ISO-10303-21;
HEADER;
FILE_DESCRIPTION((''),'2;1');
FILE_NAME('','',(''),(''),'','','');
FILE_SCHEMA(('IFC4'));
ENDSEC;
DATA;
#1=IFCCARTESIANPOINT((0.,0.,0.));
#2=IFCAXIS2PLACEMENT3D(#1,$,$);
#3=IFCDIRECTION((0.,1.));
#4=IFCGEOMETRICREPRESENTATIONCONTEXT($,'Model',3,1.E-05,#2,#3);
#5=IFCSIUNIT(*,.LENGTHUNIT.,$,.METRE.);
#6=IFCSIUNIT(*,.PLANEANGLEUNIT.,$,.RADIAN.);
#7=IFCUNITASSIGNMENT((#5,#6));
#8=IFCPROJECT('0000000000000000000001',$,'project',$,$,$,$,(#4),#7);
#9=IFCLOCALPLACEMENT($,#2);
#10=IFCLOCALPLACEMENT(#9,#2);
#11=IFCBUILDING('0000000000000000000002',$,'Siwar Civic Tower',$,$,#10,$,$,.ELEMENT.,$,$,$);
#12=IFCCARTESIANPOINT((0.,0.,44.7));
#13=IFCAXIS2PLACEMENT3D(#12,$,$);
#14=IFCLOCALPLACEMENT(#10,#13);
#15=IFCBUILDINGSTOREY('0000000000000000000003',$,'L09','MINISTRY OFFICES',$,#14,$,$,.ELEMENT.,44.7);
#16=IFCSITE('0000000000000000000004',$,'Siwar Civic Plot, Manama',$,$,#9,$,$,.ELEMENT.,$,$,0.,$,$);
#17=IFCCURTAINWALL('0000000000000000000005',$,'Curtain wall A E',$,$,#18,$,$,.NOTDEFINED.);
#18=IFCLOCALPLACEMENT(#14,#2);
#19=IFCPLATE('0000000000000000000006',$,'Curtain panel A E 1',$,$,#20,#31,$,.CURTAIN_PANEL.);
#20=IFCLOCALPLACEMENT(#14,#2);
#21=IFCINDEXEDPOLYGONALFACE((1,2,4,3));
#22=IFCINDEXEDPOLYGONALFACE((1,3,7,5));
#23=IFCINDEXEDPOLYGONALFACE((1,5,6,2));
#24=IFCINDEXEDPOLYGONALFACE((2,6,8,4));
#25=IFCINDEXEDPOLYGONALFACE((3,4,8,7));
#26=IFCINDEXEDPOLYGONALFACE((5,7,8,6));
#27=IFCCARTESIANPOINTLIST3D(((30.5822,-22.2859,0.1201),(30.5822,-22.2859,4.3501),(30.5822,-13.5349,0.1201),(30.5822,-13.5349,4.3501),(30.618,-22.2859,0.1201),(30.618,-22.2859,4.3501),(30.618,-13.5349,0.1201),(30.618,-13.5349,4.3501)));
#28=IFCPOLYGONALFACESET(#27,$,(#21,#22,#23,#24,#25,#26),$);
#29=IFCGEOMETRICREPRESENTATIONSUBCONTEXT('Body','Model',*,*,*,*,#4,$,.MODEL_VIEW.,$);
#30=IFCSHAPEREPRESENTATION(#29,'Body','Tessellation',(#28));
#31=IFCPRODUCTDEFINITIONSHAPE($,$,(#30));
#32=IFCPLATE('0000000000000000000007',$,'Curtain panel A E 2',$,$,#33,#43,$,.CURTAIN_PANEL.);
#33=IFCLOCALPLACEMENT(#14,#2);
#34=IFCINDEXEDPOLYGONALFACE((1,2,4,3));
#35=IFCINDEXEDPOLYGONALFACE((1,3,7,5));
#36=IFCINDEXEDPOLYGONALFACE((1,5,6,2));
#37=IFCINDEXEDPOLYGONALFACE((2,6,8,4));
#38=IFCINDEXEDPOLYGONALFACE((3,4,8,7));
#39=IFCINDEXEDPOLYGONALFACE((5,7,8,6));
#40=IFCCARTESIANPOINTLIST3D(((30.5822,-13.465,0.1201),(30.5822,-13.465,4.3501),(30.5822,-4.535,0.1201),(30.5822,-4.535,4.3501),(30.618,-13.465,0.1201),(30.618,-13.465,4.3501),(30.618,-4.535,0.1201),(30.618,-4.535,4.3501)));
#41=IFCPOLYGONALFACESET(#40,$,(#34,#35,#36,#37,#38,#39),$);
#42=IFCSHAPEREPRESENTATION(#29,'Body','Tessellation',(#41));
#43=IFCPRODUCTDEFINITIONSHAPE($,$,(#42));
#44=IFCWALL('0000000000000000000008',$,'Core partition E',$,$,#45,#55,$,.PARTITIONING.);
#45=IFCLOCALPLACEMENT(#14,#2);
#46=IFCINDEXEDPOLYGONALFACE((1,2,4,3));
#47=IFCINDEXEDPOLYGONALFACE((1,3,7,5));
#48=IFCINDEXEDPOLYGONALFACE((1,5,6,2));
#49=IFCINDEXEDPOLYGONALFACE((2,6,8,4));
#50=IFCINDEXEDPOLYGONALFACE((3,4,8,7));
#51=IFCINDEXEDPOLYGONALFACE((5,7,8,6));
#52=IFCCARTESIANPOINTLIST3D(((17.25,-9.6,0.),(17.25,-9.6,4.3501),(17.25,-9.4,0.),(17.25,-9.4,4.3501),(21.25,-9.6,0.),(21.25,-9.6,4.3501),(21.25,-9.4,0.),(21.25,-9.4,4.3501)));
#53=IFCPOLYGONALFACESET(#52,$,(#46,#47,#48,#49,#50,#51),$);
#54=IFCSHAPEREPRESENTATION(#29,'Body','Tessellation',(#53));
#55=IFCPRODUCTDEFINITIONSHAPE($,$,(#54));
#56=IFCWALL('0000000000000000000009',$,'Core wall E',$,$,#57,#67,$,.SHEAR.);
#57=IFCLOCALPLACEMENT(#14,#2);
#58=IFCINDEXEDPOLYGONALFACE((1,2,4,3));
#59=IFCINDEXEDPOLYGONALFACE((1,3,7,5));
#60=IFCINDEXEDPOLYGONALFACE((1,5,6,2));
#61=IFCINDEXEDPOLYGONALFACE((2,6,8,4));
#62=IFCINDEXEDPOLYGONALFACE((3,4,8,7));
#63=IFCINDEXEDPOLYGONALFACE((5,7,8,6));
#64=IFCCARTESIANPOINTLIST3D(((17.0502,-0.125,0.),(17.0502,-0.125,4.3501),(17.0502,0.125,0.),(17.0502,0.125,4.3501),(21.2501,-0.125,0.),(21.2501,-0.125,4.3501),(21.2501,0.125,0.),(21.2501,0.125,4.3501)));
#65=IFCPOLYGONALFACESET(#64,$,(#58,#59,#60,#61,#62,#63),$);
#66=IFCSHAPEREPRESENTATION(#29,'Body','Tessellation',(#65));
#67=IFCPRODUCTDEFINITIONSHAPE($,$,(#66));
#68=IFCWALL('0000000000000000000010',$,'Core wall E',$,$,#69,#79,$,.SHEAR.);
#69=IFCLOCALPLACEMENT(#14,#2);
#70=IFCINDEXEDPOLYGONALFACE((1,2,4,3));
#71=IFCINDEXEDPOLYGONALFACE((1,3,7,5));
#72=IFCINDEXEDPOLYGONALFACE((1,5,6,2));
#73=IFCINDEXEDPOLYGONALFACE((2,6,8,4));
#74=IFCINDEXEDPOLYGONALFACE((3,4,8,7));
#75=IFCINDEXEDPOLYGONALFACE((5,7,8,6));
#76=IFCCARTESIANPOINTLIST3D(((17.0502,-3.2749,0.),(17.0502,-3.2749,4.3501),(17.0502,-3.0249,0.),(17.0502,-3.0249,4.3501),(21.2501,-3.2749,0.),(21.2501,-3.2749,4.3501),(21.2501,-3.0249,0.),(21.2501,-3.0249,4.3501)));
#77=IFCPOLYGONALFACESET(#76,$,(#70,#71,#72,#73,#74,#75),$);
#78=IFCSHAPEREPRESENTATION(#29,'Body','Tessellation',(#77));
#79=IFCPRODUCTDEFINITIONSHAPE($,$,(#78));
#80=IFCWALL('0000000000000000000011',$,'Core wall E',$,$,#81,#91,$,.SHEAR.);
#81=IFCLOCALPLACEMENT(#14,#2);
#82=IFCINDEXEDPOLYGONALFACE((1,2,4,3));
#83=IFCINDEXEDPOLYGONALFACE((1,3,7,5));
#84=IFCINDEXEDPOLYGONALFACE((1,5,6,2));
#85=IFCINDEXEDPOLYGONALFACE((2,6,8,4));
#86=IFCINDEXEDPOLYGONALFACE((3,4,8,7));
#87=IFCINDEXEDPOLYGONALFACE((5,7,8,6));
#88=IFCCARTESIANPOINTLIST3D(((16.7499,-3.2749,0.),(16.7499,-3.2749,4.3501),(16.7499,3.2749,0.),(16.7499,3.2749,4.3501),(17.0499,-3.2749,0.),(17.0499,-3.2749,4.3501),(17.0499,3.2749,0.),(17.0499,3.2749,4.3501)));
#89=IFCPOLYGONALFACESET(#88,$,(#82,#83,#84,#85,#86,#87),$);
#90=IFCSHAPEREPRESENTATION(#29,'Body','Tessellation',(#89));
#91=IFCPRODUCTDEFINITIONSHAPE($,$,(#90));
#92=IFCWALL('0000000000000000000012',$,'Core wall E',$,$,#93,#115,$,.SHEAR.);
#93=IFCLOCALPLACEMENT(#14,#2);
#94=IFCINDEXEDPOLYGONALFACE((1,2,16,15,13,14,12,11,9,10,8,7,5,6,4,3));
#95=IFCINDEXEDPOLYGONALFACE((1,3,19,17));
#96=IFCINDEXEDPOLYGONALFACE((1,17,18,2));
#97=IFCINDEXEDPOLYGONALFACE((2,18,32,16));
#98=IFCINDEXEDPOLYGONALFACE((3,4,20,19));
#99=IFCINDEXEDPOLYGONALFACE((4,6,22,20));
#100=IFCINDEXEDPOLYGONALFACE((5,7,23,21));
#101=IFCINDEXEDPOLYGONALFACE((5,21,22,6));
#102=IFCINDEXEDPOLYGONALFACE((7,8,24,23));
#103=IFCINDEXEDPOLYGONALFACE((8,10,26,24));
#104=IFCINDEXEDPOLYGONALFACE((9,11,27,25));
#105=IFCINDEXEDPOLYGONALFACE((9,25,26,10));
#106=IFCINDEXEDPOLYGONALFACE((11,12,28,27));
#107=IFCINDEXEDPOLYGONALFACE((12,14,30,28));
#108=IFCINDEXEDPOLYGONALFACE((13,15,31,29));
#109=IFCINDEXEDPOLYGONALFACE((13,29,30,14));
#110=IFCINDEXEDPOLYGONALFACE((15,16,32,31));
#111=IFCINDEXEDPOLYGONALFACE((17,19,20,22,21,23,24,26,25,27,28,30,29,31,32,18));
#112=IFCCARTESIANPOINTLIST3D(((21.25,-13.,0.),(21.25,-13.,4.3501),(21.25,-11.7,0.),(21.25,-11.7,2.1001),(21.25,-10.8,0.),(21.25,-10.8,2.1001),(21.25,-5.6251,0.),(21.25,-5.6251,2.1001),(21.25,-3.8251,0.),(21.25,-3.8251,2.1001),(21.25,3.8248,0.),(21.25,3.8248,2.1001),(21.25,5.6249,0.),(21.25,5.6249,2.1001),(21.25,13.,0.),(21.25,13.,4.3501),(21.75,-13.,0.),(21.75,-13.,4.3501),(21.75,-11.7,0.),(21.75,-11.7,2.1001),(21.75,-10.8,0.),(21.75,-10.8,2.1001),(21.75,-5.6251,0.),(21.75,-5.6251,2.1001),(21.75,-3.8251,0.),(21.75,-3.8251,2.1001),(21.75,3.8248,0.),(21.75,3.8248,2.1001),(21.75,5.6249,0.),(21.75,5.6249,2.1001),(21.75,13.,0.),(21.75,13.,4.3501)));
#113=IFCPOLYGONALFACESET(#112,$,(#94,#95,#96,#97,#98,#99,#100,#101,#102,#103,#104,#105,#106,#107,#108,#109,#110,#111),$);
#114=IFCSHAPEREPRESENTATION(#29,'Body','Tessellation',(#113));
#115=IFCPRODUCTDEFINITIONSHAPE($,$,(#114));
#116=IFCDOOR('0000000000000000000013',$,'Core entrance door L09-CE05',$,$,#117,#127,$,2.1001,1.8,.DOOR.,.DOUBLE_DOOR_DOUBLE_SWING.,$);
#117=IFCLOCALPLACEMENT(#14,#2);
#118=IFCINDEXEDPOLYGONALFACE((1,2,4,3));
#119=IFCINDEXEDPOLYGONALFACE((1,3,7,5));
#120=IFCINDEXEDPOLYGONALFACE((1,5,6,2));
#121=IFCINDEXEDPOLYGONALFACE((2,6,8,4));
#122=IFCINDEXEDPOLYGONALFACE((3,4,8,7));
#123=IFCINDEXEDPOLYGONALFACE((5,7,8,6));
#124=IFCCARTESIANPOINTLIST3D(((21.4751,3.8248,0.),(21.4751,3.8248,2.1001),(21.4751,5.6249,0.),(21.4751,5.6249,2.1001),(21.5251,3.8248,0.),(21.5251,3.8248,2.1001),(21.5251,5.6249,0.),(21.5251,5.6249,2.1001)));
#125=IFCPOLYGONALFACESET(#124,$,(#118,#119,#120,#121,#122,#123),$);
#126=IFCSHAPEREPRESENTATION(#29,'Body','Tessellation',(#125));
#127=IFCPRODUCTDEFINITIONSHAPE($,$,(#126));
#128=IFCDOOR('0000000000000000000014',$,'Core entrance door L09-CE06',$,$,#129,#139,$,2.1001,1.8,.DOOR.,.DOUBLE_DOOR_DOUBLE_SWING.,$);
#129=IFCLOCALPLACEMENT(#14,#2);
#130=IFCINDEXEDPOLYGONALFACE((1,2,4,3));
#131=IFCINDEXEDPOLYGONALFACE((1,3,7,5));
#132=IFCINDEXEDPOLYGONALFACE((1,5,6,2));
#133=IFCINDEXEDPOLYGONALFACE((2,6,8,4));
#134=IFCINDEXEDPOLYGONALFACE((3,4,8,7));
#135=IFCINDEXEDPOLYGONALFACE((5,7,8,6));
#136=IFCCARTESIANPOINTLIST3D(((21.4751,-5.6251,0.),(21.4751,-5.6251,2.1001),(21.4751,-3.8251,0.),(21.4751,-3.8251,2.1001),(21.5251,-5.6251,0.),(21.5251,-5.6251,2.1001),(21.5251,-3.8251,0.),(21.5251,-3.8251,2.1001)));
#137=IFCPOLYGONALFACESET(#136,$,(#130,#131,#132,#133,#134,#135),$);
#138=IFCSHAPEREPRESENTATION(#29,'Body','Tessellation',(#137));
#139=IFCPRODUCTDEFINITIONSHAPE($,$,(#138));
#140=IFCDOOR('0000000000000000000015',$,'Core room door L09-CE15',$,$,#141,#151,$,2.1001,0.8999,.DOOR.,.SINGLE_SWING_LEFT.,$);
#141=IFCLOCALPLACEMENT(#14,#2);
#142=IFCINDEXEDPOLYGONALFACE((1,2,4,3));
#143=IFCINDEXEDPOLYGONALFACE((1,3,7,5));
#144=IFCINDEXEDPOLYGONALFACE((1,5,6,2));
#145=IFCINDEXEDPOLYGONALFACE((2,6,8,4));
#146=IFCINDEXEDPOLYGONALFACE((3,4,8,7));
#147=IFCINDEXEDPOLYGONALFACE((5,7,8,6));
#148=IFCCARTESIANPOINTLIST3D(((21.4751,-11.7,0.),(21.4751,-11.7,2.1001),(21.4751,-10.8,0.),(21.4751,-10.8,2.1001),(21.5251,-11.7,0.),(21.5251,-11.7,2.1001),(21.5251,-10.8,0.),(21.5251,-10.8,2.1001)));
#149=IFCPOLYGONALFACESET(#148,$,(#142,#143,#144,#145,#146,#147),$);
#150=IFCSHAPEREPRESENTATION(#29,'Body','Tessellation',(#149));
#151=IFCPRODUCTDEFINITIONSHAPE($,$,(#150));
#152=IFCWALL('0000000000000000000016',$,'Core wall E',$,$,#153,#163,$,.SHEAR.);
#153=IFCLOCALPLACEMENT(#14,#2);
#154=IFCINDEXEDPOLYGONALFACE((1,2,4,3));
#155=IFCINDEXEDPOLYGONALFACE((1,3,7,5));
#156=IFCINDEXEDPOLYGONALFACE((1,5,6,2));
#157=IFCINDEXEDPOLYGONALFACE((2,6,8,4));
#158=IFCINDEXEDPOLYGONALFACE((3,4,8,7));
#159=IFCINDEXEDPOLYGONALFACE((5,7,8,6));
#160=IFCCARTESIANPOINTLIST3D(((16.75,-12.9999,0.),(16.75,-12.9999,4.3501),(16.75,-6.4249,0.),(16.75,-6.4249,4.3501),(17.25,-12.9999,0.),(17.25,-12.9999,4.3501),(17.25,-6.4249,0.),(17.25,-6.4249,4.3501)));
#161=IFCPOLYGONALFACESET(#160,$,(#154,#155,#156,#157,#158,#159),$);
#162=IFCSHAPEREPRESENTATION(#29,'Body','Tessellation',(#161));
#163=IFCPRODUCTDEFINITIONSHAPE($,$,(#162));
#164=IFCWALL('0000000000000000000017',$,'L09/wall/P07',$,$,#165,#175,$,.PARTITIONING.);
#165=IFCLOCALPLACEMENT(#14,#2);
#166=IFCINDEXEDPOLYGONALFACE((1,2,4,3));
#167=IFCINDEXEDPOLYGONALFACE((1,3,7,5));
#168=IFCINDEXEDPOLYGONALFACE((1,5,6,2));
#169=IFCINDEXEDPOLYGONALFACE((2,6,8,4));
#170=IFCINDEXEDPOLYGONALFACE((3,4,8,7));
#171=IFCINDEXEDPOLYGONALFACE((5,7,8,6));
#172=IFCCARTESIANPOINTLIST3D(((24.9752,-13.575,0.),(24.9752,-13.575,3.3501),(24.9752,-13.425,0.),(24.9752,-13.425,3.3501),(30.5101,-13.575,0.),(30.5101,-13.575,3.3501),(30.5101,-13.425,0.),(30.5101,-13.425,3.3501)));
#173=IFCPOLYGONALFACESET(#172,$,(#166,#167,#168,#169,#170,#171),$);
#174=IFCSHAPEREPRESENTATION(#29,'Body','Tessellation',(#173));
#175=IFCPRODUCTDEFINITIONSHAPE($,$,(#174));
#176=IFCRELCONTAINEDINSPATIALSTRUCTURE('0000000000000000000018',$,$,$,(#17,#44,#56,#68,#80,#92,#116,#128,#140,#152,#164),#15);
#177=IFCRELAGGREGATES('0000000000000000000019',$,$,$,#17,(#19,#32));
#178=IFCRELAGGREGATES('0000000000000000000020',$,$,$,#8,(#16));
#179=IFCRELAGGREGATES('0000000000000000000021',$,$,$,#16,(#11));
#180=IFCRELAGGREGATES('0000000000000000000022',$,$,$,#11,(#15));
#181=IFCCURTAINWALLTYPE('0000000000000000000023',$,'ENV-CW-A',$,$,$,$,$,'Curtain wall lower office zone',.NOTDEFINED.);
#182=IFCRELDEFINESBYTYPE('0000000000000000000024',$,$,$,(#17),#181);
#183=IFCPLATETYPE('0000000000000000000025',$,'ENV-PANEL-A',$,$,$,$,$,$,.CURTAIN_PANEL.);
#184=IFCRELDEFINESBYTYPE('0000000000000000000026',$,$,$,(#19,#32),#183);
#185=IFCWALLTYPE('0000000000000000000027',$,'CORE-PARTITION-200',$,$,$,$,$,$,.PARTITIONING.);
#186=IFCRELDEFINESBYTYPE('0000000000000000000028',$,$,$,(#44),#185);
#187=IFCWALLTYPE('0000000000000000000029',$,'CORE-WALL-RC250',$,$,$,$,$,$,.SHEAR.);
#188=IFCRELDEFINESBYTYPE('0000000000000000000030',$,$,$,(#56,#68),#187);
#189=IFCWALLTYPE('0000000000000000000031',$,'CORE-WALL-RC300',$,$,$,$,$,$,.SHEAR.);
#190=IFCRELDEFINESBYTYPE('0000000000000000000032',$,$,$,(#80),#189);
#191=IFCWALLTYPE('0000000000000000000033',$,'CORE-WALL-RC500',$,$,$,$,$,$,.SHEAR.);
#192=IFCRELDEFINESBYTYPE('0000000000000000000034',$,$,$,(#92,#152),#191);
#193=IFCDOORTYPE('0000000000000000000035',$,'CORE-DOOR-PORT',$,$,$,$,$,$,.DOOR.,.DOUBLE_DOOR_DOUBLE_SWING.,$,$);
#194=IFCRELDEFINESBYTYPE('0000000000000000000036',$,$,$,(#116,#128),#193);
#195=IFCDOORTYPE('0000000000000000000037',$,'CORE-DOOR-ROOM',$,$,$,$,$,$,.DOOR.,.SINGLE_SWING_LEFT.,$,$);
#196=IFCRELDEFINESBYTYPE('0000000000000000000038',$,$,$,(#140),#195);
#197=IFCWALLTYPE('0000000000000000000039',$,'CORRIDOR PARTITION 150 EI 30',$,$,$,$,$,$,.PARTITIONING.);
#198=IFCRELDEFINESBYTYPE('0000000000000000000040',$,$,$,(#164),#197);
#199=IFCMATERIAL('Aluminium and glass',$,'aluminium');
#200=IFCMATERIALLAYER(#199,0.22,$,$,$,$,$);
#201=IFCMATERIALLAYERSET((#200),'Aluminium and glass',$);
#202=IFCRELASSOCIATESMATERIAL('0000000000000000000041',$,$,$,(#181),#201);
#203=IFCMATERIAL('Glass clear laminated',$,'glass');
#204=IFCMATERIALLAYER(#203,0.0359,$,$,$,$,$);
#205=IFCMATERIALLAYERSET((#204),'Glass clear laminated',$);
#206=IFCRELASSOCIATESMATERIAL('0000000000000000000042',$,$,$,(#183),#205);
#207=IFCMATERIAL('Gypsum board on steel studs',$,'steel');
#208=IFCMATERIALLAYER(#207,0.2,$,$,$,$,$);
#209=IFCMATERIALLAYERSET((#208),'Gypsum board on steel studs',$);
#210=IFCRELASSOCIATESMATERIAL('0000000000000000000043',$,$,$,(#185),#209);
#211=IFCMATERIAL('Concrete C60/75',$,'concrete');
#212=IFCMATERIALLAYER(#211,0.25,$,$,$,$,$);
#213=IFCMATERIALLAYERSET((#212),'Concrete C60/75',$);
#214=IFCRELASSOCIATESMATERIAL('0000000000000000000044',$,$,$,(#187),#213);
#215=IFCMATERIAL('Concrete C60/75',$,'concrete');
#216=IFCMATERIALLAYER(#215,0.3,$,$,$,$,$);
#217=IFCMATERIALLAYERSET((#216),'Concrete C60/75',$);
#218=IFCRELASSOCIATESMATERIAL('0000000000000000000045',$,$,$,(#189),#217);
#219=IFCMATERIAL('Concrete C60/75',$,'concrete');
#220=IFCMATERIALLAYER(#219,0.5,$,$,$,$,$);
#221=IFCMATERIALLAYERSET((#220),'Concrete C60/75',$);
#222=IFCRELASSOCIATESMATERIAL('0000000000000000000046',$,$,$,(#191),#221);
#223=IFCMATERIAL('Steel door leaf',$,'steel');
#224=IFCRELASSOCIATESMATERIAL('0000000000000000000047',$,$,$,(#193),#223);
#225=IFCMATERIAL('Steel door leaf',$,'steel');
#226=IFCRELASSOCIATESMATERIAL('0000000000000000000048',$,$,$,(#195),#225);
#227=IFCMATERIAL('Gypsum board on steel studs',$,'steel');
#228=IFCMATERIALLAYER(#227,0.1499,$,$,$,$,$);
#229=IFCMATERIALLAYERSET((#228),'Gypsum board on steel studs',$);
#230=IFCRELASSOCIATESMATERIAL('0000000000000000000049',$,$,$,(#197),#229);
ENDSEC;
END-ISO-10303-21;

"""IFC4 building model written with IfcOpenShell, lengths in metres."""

from ifc_helpers import new_model, si_unit, direction, frame, frame_2d, origin, origin_2d, place, context, subcontext, project, spatial, rectangle, extrude, material, layer, layer_set, type_object, element, fill, aggregate, save


model = new_model("IFC4")

# Units and contexts
model_context = context("Model", 3, precision=1e-05, world=origin(), true_north=direction((0.0, 1.0)))
body_context = subcontext(model_context, "Body", "Model", "MODEL_VIEW")
ifc_project = project(units=[si_unit("LENGTHUNIT", "METRE"), si_unit("PLANEANGLEUNIT", "RADIAN")], contexts=[model_context])

# Site, building, storey
site_placement = place(None, origin())
site = spatial("IfcSite", under=ifc_project, at=site_placement, Name="Siwar Civic Plot, Manama", CompositionType="ELEMENT", RefElevation=0.0)
building_placement = place(site_placement, origin())
building = spatial("IfcBuilding", under=site, at=building_placement, Name="Siwar Civic Tower", CompositionType="ELEMENT")
storey_placement = place(building_placement, frame((0.0, 0.0, 44.7)))
storey = spatial("IfcBuildingStorey", under=building, at=storey_placement, Name="L09", Description="MINISTRY OFFICES", CompositionType="ELEMENT", Elevation=44.7)

# Curtain wall
ifc_material_1 = material(Name="Aluminium and glass", Category="aluminium")
ifc_layer_1 = layer(ifc_material_1, 0.22)
ifc_layer_set_1 = layer_set([ifc_layer_1], Name="Aluminium and glass")
curtain_wall_type = type_object("IfcCurtainWallType", Name="ENV-CW-A", ElementType="Curtain wall lower office zone", PredefinedType="NOTDEFINED", material=ifc_layer_set_1)
curtain_wall_placement = place(storey_placement, origin())
curtain_wall = element("IfcCurtainWall", 1, at=curtain_wall_placement, inside=storey, type_object=curtain_wall_type, Name="Curtain wall A E", PredefinedType="NOTDEFINED")

# Plates
ifc_material_2 = material(Name="Glass clear laminated", Category="glass")
ifc_layer_2 = layer(ifc_material_2, 0.0359)
ifc_layer_set_2 = layer_set([ifc_layer_2], Name="Glass clear laminated")
plate_type = type_object("IfcPlateType", Name="ENV-PANEL-A", PredefinedType="CURTAIN_PANEL", material=ifc_layer_set_2)
plate_1_placement = place(storey_placement, frame((30.6001, -17.9104, 0.1201), z_axis=(0.0, 0.0, 1.0), x_axis=(0.0, 1.0, 0.0)))
plate_1 = element("IfcPlate", 2, at=plate_1_placement, type_object=plate_type, Name="Curtain panel A E 1", PredefinedType="CURTAIN_PANEL", context=body_context, shape_type="SweptSolid", body=[
    extrude(rectangle(XDim=8.751, YDim=0.0359, at=origin_2d()), origin(), (0.0, 0.0, 1.0), 4.23),
])
plate_2_placement = place(storey_placement, frame((30.6001, -9.0, 0.1201), z_axis=(0.0, 0.0, 1.0), x_axis=(0.0, 1.0, 0.0)))
plate_2 = element("IfcPlate", 3, at=plate_2_placement, type_object=plate_type, Name="Curtain panel A E 2", PredefinedType="CURTAIN_PANEL", context=body_context, shape_type="SweptSolid", body=[
    extrude(rectangle(XDim=8.9299, YDim=0.0359, at=origin_2d()), origin(), (0.0, 0.0, 1.0), 4.23),
])
aggregate(curtain_wall, [plate_1, plate_2])

# Walls
ifc_material_3 = material(Name="Gypsum board on steel studs", Category="steel")
ifc_layer_3 = layer(ifc_material_3, 0.2)
ifc_layer_set_3 = layer_set([ifc_layer_3], Name="Gypsum board on steel studs")
wall_type_1 = type_object("IfcWallType", Name="CORE-PARTITION-200", PredefinedType="PARTITIONING", material=ifc_layer_set_3)
wall_1_placement = place(storey_placement, frame((17.25, -9.5, 0.0), z_axis=(0.0, 0.0, 1.0), x_axis=(1.0, 0.0, 0.0)))
element("IfcWall", 4, at=wall_1_placement, inside=storey, type_object=wall_type_1, Name="Core partition E", PredefinedType="PARTITIONING", context=body_context, shape_type="SweptSolid", body=[
    extrude(rectangle(XDim=4.0, YDim=0.2, at=frame_2d((2.0, 0.0))), origin(), (0.0, 0.0, 1.0), 4.3501),
])
ifc_material_4 = material(Name="Concrete C60/75", Category="concrete")
ifc_layer_4 = layer(ifc_material_4, 0.25)
ifc_layer_set_4 = layer_set([ifc_layer_4], Name="Concrete C60/75")
wall_type_2 = type_object("IfcWallType", Name="CORE-WALL-RC250", PredefinedType="SHEAR", material=ifc_layer_set_4)
for number, where, z_axis, x_axis, name in (
    (5, (17.05, 0.0, 0.0), (0.0, 0.0, 1.0), (1.0, 0.0, 0.0), "Core wall E"),
    (6, (17.05, -3.1499, 0.0), (0.0, 0.0, 1.0), (1.0, 0.0, 0.0), "Core wall E"),
):
    element("IfcWall", number, at=place(storey_placement, frame(where, z_axis=z_axis, x_axis=x_axis)), inside=storey, type_object=wall_type_2, Name=name, PredefinedType="SHEAR", context=body_context, shape_type="SweptSolid", body=[
        extrude(rectangle(XDim=4.2, YDim=0.25, at=frame_2d((2.1001, 0.0))), origin(), (0.0, 0.0, 1.0), 4.3501),
    ])
ifc_material_5 = material(Name="Concrete C60/75", Category="concrete")
ifc_layer_5 = layer(ifc_material_5, 0.3)
ifc_layer_set_5 = layer_set([ifc_layer_5], Name="Concrete C60/75")
wall_type_3 = type_object("IfcWallType", Name="CORE-WALL-RC300", PredefinedType="SHEAR", material=ifc_layer_set_5)
wall_2_placement = place(storey_placement, frame((16.8999, -3.2749, 0.0), z_axis=(0.0, 0.0, 1.0), x_axis=(0.0, 1.0, 0.0)))
element("IfcWall", 7, at=wall_2_placement, inside=storey, type_object=wall_type_3, Name="Core wall E", PredefinedType="SHEAR", context=body_context, shape_type="SweptSolid", body=[
    extrude(rectangle(XDim=6.5498, YDim=0.3, at=frame_2d((3.2749, 0.0))), origin(), (0.0, 0.0, 1.0), 4.3501),
])

# Wall, openings, doors
ifc_material_6 = material(Name="Concrete C60/75", Category="concrete")
ifc_layer_6 = layer(ifc_material_6, 0.5)
ifc_layer_set_6 = layer_set([ifc_layer_6], Name="Concrete C60/75")
wall_type_4 = type_object("IfcWallType", Name="CORE-WALL-RC500", PredefinedType="SHEAR", material=ifc_layer_set_6)
wall_3_placement = place(storey_placement, frame((21.5, -13.0, 0.0), z_axis=(0.0, 0.0, 1.0), x_axis=(0.0, 1.0, 0.0)))
wall_3 = element("IfcWall", 8, at=wall_3_placement, inside=storey, type_object=wall_type_4, Name="Core wall E", PredefinedType="SHEAR", context=body_context, shape_type="SweptSolid", body=[
    extrude(rectangle(XDim=26.0, YDim=0.5, at=frame_2d((13.0, 0.0))), origin(), (0.0, 0.0, 1.0), 4.3501),
])
opening_1_placement = place(wall_3_placement, frame((16.825, 0.0, 0.0)))
opening_1 = element("IfcOpeningElement", 9, at=opening_1_placement, cuts=wall_3, PredefinedType="OPENING", context=body_context, shape_type="SweptSolid", body=[
    extrude(rectangle(XDim=1.8, YDim=2.1001, at=frame_2d((0.8999, 1.05))), frame((0.0, 0.26, 0.0), z_axis=(0.0, -1.0, 0.0), x_axis=(1.0, 0.0, 0.0)), (0.0, 0.0, 1.0), 0.52),
])
opening_2_placement = place(wall_3_placement, frame((7.375, 0.0, 0.0)))
opening_2 = element("IfcOpeningElement", 10, at=opening_2_placement, cuts=wall_3, PredefinedType="OPENING", context=body_context, shape_type="SweptSolid", body=[
    extrude(rectangle(XDim=1.8, YDim=2.1001, at=frame_2d((0.8999, 1.05))), frame((0.0, 0.26, 0.0), z_axis=(0.0, -1.0, 0.0), x_axis=(1.0, 0.0, 0.0)), (0.0, 0.0, 1.0), 0.52),
])
opening_3_placement = place(wall_3_placement, frame((1.3, 0.0, 0.0)))
opening_3 = element("IfcOpeningElement", 11, at=opening_3_placement, cuts=wall_3, PredefinedType="OPENING", context=body_context, shape_type="SweptSolid", body=[
    extrude(rectangle(XDim=0.8999, YDim=2.1001, at=frame_2d((0.45, 1.05))), frame((0.0, 0.26, 0.0), z_axis=(0.0, -1.0, 0.0), x_axis=(1.0, 0.0, 0.0)), (0.0, 0.0, 1.0), 0.52),
])
ifc_material_7 = material(Name="Steel door leaf", Category="steel")
door_type_1 = type_object("IfcDoorType", Name="CORE-DOOR-PORT", OperationType="DOUBLE_DOOR_DOUBLE_SWING", PredefinedType="DOOR", material=ifc_material_7)
door_1_placement = place(opening_1_placement, origin())
door_1 = element("IfcDoor", 12, at=door_1_placement, inside=storey, type_object=door_type_1, Name="Core entrance door L09-CE05", OperationType="DOUBLE_DOOR_DOUBLE_SWING", OverallHeight=2.1001, OverallWidth=1.8, PredefinedType="DOOR", context=body_context, shape_type="SweptSolid", body=[
    extrude(rectangle(XDim=1.8, YDim=2.1001, at=frame_2d((0.8999, 1.05))), frame((0.0, 0.0249, 0.0), z_axis=(0.0, -1.0, 0.0), x_axis=(1.0, 0.0, 0.0)), (0.0, 0.0, 1.0), 0.05),
])
fill(opening_1, door_1)
door_2_placement = place(opening_2_placement, origin())
door_2 = element("IfcDoor", 13, at=door_2_placement, inside=storey, type_object=door_type_1, Name="Core entrance door L09-CE06", OperationType="DOUBLE_DOOR_DOUBLE_SWING", OverallHeight=2.1001, OverallWidth=1.8, PredefinedType="DOOR", context=body_context, shape_type="SweptSolid", body=[
    extrude(rectangle(XDim=1.8, YDim=2.1001, at=frame_2d((0.8999, 1.05))), frame((0.0, 0.0249, 0.0), z_axis=(0.0, -1.0, 0.0), x_axis=(1.0, 0.0, 0.0)), (0.0, 0.0, 1.0), 0.05),
])
fill(opening_2, door_2)
ifc_material_8 = material(Name="Steel door leaf", Category="steel")
door_type_2 = type_object("IfcDoorType", Name="CORE-DOOR-ROOM", OperationType="SINGLE_SWING_LEFT", PredefinedType="DOOR", material=ifc_material_8)
door_3_placement = place(opening_3_placement, origin())
door_3 = element("IfcDoor", 14, at=door_3_placement, inside=storey, type_object=door_type_2, Name="Core room door L09-CE15", OperationType="SINGLE_SWING_LEFT", OverallHeight=2.1001, OverallWidth=0.8999, PredefinedType="DOOR", context=body_context, shape_type="SweptSolid", body=[
    extrude(rectangle(XDim=0.8999, YDim=2.1001, at=frame_2d((0.45, 1.05))), frame((0.0, 0.0249, 0.0), z_axis=(0.0, -1.0, 0.0), x_axis=(1.0, 0.0, 0.0)), (0.0, 0.0, 1.0), 0.05),
])
fill(opening_3, door_3)

# Walls
wall_4_placement = place(storey_placement, frame((17.0, -13.0, 0.0), z_axis=(0.0, 0.0, 1.0), x_axis=(0.0, 1.0, 0.0)))
element("IfcWall", 15, at=wall_4_placement, inside=storey, type_object=wall_type_4, Name="Core wall E", PredefinedType="SHEAR", context=body_context, shape_type="SweptSolid", body=[
    extrude(rectangle(XDim=6.575, YDim=0.5, at=frame_2d((3.2876, 0.0))), origin(), (0.0, 0.0, 1.0), 4.3501),
])
ifc_material_9 = material(Name="Gypsum board on steel studs", Category="steel")
ifc_layer_7 = layer(ifc_material_9, 0.1499)
ifc_layer_set_7 = layer_set([ifc_layer_7], Name="Gypsum board on steel studs")
wall_type_5 = type_object("IfcWallType", Name="CORRIDOR PARTITION 150 EI 30", PredefinedType="PARTITIONING", material=ifc_layer_set_7)
wall_5_placement = place(storey_placement, frame((24.9751, -13.5, 0.0), z_axis=(0.0, 0.0, 1.0), x_axis=(1.0, 0.0, 0.0)))
element("IfcWall", 16, at=wall_5_placement, inside=storey, type_object=wall_type_5, Name="L09/wall/P07", PredefinedType="PARTITIONING", context=body_context, shape_type="SweptSolid", body=[
    extrude(rectangle(XDim=5.5349, YDim=0.1499, at=frame_2d((2.7676, 0.0))), origin(), (0.0, 0.0, 1.0), 3.3501),
])

save(model, "model.ifc")
